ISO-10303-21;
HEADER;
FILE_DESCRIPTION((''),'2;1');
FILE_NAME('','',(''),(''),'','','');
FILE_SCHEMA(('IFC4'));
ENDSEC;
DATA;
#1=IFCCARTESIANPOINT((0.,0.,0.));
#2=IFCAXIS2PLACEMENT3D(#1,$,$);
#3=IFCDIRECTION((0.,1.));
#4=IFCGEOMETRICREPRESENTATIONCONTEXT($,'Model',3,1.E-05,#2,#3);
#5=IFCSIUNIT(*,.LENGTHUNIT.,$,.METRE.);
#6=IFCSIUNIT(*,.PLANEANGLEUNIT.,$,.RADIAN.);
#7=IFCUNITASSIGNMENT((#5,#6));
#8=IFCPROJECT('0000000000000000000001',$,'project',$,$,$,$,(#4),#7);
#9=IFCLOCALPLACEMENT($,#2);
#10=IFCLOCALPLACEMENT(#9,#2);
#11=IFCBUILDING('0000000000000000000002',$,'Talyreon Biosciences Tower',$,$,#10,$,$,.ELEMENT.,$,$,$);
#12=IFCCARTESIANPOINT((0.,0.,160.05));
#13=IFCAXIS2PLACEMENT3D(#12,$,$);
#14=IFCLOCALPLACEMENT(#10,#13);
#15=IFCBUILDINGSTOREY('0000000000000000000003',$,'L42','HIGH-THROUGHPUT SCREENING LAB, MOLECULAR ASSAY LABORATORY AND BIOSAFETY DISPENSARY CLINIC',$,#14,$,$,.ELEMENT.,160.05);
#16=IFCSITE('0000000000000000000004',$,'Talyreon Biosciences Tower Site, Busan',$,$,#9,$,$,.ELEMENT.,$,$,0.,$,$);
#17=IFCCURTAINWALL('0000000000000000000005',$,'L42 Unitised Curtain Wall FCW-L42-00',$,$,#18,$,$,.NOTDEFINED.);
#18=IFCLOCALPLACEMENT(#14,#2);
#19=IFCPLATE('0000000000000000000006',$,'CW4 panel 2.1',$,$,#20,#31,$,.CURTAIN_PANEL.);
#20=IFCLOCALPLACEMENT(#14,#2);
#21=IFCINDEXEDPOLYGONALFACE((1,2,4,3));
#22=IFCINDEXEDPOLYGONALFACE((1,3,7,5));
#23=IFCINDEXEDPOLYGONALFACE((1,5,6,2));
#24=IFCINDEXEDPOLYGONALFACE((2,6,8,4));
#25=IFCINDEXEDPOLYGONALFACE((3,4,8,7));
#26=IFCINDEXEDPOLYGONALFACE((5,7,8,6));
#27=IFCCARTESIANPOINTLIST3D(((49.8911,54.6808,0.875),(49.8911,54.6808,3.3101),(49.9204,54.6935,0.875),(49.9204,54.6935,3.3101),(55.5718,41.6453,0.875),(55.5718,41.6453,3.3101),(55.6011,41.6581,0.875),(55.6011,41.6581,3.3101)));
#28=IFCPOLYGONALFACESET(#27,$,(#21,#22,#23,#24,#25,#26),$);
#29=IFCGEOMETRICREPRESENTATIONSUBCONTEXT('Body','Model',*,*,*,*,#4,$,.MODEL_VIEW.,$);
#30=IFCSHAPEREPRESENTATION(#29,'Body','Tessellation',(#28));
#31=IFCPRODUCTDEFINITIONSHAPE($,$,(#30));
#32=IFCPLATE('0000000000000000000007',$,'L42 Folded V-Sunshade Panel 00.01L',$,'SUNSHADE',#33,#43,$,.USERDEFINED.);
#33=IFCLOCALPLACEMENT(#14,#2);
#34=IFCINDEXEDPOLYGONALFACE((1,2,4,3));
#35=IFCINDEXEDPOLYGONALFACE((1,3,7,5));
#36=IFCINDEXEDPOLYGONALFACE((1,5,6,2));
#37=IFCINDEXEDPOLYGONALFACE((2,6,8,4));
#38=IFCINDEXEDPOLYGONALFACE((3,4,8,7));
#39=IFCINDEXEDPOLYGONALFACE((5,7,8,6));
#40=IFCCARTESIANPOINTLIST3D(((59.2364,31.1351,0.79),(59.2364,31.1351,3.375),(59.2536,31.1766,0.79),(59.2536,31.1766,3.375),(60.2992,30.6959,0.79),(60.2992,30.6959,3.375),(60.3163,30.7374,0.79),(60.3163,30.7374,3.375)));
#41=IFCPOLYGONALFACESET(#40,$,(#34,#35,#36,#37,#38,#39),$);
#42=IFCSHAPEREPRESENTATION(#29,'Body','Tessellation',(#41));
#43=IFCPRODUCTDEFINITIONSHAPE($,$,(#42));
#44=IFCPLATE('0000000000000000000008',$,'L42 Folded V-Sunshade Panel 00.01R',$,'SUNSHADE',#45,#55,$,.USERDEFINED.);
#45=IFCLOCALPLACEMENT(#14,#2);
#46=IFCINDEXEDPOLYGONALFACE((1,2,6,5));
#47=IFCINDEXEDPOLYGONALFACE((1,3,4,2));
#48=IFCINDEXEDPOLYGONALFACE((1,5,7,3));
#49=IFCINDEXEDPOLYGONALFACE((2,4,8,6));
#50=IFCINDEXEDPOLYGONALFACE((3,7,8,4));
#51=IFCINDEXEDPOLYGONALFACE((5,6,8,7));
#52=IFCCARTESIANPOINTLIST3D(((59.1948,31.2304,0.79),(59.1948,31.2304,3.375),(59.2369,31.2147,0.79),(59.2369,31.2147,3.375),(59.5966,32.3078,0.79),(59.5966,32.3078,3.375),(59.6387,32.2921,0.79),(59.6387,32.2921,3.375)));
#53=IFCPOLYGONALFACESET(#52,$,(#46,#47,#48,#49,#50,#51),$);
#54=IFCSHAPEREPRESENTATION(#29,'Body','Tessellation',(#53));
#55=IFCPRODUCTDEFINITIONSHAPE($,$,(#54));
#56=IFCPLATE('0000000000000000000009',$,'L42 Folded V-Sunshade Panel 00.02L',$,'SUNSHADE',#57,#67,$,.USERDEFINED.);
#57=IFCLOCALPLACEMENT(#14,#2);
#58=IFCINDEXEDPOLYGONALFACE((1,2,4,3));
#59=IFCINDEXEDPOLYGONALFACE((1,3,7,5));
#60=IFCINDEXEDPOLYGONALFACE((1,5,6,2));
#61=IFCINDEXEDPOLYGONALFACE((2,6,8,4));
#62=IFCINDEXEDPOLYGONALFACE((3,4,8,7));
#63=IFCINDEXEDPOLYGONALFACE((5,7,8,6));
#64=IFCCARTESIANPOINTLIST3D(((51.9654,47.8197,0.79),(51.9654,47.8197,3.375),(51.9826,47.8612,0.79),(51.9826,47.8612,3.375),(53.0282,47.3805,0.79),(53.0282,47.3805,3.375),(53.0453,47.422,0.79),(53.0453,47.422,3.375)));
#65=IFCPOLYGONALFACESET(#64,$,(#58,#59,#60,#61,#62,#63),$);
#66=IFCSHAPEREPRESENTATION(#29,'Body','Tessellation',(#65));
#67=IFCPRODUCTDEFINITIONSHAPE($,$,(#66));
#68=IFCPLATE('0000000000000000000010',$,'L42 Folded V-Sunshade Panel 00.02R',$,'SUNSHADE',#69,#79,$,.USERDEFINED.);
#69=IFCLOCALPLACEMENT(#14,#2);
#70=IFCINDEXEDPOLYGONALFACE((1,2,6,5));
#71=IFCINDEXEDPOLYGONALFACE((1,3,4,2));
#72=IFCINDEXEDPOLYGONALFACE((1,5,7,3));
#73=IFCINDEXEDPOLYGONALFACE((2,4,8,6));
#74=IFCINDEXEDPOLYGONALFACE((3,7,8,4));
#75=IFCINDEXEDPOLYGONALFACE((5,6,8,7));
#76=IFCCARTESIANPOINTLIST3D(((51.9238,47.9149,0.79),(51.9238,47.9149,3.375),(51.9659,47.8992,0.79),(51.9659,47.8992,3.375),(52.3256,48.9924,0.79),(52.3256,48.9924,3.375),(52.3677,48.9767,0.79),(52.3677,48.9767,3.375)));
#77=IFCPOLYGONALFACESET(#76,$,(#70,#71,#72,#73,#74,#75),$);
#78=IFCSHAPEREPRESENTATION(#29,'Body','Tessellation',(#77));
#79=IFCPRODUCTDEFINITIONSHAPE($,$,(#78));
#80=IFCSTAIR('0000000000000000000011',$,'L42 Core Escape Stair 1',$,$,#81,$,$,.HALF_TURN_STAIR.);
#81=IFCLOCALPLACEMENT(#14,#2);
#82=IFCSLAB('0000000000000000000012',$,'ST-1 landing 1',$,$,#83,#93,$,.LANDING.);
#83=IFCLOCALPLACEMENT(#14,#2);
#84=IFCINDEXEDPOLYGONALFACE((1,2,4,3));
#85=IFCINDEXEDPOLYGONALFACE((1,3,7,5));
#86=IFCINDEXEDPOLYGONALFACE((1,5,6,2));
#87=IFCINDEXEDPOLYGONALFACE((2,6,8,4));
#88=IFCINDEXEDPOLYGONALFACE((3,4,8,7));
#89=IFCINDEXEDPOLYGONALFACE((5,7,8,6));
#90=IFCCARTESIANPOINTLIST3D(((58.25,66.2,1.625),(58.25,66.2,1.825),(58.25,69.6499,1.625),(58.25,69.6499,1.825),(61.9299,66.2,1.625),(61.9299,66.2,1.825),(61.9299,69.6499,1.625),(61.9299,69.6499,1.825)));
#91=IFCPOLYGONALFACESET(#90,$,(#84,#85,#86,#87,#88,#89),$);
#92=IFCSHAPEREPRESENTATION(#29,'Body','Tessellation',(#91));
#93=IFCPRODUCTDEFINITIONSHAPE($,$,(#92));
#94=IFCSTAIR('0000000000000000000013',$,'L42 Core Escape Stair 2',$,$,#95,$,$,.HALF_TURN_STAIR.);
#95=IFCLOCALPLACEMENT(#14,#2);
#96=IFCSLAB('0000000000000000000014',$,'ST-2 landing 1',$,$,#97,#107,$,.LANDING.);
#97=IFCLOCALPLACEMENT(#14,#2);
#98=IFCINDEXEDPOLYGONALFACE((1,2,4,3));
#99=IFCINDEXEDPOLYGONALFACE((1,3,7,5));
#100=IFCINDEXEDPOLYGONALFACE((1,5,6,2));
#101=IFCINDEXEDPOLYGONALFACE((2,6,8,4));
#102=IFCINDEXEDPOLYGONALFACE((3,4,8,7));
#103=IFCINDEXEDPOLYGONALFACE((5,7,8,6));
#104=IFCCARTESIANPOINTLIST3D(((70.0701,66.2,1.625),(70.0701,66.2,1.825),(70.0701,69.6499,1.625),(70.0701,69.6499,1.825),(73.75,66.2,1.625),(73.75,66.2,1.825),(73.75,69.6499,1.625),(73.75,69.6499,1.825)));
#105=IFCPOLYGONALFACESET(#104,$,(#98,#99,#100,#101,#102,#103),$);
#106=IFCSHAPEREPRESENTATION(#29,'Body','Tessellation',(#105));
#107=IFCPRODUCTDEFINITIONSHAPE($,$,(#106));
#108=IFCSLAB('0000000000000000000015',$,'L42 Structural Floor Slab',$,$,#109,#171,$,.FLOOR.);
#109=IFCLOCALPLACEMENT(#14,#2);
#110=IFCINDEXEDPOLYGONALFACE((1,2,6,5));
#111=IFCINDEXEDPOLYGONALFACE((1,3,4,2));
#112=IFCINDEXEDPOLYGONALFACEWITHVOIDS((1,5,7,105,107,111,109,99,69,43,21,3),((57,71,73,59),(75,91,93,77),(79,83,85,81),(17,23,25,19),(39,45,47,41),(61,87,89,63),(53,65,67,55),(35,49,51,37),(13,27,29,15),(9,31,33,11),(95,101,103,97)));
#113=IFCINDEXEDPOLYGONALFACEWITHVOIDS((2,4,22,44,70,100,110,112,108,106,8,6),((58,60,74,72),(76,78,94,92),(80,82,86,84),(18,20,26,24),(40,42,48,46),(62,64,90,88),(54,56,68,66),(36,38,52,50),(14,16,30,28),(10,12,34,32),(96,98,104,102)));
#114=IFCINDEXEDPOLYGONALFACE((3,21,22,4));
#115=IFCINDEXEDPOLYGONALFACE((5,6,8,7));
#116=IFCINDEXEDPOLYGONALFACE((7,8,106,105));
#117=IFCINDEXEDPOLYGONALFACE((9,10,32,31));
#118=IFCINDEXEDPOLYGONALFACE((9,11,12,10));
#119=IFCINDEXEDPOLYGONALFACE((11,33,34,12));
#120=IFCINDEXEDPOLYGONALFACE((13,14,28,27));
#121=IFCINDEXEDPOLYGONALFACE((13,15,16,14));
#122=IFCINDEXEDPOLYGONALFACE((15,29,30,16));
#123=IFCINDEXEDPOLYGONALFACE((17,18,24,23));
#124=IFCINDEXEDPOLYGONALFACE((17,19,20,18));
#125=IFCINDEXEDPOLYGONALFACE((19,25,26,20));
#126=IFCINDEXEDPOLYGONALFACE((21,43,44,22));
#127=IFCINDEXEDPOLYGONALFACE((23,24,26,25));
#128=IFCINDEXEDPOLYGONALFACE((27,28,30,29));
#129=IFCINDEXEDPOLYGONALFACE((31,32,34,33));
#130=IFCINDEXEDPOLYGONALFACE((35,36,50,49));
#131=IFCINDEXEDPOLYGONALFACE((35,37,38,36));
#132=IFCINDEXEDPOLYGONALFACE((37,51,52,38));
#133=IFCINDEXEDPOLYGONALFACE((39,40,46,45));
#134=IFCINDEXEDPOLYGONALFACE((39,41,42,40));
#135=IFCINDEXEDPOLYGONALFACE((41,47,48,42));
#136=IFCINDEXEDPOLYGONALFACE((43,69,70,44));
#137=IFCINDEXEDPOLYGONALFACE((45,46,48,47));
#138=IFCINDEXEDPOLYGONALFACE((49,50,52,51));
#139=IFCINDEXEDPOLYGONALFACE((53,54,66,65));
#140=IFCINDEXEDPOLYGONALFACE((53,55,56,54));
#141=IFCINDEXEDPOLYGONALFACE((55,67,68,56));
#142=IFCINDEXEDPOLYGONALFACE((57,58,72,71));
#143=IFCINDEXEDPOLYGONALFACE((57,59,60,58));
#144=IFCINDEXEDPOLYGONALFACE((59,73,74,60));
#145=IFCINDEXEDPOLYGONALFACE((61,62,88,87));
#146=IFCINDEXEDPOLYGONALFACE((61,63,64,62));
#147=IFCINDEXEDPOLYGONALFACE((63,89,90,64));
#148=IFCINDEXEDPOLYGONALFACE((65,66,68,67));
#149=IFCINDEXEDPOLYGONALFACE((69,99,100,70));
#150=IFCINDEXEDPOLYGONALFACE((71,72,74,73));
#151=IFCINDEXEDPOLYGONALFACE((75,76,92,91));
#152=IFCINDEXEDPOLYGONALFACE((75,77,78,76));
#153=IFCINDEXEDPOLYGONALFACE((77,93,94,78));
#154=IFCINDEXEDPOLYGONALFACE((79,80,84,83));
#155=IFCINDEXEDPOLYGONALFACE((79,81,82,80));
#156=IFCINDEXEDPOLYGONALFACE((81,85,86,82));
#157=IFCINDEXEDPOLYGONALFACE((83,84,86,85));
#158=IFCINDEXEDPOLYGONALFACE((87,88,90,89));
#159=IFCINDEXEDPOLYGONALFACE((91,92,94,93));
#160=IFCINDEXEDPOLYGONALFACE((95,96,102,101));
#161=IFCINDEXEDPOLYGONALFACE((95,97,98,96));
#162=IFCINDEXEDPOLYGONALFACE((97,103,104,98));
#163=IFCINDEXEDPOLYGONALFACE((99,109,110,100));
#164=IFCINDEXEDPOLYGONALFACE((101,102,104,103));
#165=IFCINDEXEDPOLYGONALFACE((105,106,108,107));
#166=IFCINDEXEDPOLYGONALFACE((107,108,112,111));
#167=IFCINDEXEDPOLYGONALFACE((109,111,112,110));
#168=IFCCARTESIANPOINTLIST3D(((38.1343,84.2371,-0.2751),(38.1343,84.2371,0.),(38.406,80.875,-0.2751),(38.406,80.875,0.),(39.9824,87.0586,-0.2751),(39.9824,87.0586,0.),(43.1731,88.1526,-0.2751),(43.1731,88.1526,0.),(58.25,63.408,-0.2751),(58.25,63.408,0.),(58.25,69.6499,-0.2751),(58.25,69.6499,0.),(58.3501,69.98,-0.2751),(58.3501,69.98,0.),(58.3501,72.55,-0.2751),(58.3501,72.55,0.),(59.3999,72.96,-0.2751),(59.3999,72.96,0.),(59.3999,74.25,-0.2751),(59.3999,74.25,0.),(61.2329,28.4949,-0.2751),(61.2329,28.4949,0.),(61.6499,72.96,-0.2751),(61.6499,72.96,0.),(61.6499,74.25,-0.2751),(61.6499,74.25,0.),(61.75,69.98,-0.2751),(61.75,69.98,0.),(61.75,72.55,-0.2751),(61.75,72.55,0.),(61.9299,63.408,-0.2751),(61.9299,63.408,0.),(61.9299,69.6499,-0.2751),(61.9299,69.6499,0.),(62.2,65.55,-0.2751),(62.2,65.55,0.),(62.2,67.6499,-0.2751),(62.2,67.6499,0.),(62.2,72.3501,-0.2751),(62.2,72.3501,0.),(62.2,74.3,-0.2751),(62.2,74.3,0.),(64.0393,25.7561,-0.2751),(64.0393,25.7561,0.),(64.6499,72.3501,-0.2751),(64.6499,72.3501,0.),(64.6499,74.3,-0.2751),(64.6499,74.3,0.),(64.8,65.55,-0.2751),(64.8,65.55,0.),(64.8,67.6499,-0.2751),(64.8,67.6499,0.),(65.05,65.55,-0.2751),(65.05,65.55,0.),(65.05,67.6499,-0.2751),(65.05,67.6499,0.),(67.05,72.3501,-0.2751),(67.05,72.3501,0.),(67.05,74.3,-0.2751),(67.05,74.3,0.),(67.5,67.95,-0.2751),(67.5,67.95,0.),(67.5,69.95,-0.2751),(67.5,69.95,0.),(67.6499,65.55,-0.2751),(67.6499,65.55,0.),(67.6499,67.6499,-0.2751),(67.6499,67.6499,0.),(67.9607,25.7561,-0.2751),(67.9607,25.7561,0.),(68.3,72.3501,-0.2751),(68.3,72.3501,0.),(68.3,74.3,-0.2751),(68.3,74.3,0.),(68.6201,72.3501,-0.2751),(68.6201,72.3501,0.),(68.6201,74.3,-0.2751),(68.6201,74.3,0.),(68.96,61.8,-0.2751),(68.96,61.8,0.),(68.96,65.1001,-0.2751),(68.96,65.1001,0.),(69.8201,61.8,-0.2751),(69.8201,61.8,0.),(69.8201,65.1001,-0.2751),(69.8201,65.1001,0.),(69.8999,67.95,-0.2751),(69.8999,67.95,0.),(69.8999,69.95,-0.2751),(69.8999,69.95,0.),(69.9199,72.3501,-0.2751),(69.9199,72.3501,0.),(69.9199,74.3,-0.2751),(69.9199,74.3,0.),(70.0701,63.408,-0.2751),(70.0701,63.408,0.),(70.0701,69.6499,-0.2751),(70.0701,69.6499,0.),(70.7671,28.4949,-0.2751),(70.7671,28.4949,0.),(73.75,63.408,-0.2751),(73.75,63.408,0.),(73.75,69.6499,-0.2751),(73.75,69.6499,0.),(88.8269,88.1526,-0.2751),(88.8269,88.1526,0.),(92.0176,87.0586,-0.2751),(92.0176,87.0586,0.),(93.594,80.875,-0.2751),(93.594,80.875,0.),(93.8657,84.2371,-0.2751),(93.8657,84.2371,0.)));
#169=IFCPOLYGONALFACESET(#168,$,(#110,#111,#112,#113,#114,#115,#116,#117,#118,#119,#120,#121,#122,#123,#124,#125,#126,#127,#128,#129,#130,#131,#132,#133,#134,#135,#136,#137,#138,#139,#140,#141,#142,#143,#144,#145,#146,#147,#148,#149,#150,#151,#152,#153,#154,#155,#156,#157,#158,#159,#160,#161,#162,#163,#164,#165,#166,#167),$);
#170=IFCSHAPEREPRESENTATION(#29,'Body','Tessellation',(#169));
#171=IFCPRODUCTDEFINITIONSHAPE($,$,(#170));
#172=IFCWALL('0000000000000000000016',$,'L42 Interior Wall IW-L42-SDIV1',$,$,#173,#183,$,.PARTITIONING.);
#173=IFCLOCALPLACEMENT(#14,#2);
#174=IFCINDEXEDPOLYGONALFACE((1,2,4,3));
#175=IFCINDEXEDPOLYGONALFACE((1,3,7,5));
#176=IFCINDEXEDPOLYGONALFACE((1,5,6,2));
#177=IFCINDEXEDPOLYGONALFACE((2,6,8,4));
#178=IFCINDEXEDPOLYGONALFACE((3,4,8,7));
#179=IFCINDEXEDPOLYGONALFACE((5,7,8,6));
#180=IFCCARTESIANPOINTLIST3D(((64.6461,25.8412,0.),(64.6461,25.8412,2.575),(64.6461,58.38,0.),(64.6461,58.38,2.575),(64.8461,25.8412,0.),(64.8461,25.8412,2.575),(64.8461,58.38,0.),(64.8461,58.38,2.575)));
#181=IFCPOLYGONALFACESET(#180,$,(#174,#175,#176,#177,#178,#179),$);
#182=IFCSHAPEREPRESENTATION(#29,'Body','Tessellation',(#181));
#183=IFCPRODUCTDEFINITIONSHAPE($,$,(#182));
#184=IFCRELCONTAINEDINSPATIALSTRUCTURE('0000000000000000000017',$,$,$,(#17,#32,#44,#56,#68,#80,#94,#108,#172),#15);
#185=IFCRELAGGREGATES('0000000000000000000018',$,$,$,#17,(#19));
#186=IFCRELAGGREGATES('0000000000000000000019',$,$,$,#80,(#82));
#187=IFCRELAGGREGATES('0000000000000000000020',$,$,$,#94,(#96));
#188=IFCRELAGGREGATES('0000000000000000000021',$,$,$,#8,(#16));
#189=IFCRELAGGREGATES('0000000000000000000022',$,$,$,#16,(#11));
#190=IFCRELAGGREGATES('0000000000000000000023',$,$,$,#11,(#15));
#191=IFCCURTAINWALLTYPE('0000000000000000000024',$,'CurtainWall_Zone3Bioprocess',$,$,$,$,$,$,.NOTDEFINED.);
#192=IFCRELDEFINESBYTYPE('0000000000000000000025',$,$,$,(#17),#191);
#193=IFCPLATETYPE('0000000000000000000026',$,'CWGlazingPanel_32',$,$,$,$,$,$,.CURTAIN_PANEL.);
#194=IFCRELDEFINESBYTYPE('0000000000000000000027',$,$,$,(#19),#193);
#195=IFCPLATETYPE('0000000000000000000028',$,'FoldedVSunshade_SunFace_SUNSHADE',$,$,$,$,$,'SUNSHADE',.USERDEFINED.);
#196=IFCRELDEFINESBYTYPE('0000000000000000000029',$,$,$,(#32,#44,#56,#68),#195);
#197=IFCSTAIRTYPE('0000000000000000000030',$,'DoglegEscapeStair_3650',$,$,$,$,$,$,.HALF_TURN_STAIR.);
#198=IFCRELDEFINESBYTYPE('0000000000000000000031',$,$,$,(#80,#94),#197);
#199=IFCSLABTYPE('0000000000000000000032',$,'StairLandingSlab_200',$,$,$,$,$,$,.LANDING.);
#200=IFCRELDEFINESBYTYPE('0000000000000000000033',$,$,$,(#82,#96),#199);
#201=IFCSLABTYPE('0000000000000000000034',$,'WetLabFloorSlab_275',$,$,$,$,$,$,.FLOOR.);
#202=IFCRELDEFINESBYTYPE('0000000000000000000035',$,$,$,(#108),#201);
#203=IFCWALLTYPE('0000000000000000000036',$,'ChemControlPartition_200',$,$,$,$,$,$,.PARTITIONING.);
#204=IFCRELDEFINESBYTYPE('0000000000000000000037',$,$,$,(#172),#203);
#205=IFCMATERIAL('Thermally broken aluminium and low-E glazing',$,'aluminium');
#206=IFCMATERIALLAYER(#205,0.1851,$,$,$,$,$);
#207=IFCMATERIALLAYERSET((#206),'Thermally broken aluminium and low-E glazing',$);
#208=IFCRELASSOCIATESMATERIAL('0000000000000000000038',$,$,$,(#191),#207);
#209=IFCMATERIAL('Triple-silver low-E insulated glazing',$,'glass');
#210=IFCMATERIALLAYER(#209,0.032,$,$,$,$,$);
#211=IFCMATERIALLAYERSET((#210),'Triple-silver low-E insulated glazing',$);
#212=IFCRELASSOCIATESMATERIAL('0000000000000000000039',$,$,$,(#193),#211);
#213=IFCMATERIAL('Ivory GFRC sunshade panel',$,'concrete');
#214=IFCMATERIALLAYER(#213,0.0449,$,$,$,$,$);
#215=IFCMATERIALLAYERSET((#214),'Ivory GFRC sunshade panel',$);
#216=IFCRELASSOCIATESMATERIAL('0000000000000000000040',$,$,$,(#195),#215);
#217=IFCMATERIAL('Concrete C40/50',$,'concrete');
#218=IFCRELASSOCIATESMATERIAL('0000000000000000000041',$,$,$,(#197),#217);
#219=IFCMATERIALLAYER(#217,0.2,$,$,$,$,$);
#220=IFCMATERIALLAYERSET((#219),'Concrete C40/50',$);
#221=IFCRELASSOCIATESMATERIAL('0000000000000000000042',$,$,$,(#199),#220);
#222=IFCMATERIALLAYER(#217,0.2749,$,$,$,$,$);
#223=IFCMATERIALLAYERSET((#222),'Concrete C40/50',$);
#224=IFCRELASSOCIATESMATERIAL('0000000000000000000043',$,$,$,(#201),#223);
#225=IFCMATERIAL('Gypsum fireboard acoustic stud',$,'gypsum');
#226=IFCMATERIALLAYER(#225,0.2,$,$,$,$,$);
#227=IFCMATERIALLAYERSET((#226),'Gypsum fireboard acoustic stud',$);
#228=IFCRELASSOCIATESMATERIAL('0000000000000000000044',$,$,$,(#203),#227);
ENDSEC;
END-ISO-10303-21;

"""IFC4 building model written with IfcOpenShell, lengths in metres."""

from ifc_helpers import new_model, si_unit, direction, frame, frame_2d, origin, origin_2d, place, context, subcontext, project, spatial, polyline, rectangle, outline, extrude, material, layer, layer_set, type_object, element, aggregate, save


model = new_model("IFC4")

# Units and contexts
model_context = context("Model", 3, precision=1e-05, world=origin(), true_north=direction((0.0, 1.0)))
body_context = subcontext(model_context, "Body", "Model", "MODEL_VIEW")
ifc_project = project(units=[si_unit("LENGTHUNIT", "METRE"), si_unit("PLANEANGLEUNIT", "RADIAN")], contexts=[model_context])

# Site, building, storey
site_placement = place(None, origin())
site = spatial("IfcSite", under=ifc_project, at=site_placement, Name="Talyreon Biosciences Tower Site, Busan", CompositionType="ELEMENT", RefElevation=0.0)
building_placement = place(site_placement, origin())
building = spatial("IfcBuilding", under=site, at=building_placement, Name="Talyreon Biosciences Tower", CompositionType="ELEMENT")
storey_placement = place(building_placement, frame((0.0, 0.0, 160.05)))
storey = spatial("IfcBuildingStorey", under=building, at=storey_placement, Name="L42", Description="HIGH-THROUGHPUT SCREENING LAB, MOLECULAR ASSAY LABORATORY AND BIOSAFETY DISPENSARY CLINIC", CompositionType="ELEMENT", Elevation=160.05)

# Curtain wall
ifc_material_1 = material(Name="Thermally broken aluminium and low-E glazing", Category="aluminium")
ifc_layer_1 = layer(ifc_material_1, 0.1851)
ifc_layer_set_1 = layer_set([ifc_layer_1], Name="Thermally broken aluminium and low-E glazing")
curtain_wall_type = type_object("IfcCurtainWallType", Name="CurtainWall_Zone3Bioprocess", PredefinedType="NOTDEFINED", material=ifc_layer_set_1)
curtain_wall_placement = place(storey_placement, origin())
curtain_wall = element("IfcCurtainWall", 1, at=curtain_wall_placement, inside=storey, type_object=curtain_wall_type, Name="L42 Unitised Curtain Wall FCW-L42-00", PredefinedType="NOTDEFINED")

# Plate
ifc_material_2 = material(Name="Triple-silver low-E insulated glazing", Category="glass")
ifc_layer_2 = layer(ifc_material_2, 0.032)
ifc_layer_set_2 = layer_set([ifc_layer_2], Name="Triple-silver low-E insulated glazing")
plate_type_1 = type_object("IfcPlateType", Name="CWGlazingPanel_32", PredefinedType="CURTAIN_PANEL", material=ifc_layer_set_2)
plate_1_placement = place(storey_placement, frame((52.7461, 48.1694, 0.875), z_axis=(0.0, 0.0, 1.0), x_axis=(-0.399505, 0.916731, 0.0)))
plate_1 = element("IfcPlate", 2, at=plate_1_placement, type_object=plate_type_1, Name="CW4 panel 2.1", PredefinedType="CURTAIN_PANEL", context=body_context, shape_type="SweptSolid", body=[
    extrude(rectangle(XDim=14.2195, YDim=0.032, at=origin_2d()), origin(), (0.0, 0.0, 1.0), 2.4351),
])
aggregate(curtain_wall, [plate_1])

# Plates
ifc_material_3 = material(Name="Ivory GFRC sunshade panel", Category="concrete")
ifc_layer_3 = layer(ifc_material_3, 0.0449)
ifc_layer_set_3 = layer_set([ifc_layer_3], Name="Ivory GFRC sunshade panel")
plate_type_2 = type_object("IfcPlateType", Name="FoldedVSunshade_SunFace_SUNSHADE", ElementType="SUNSHADE", PredefinedType="USERDEFINED", material=ifc_layer_set_3)
for number, where, z_axis, x_axis, name in (
    (3, (59.7764, 30.9363, 0.79), (0.0, 0.0, 1.0), (-0.924193, 0.381925, 0.0), "L42 Folded V-Sunshade Panel 00.01L"),
    (4, (59.4167, 31.7612, 0.79), (0.0, 0.0, 1.0), (0.349439, 0.936959, 0.0), "L42 Folded V-Sunshade Panel 00.01R"),
    (5, (52.5054, 47.6208, 0.79), (0.0, 0.0, 1.0), (-0.924193, 0.381925, 0.0), "L42 Folded V-Sunshade Panel 00.02L"),
    (6, (52.1458, 48.4458, 0.79), (0.0, 0.0, 1.0), (0.349439, 0.936959, 0.0), "L42 Folded V-Sunshade Panel 00.02R"),
):
    element("IfcPlate", number, at=place(storey_placement, frame(where, z_axis=z_axis, x_axis=x_axis)), inside=storey, type_object=plate_type_2, Name=name, ObjectType="SUNSHADE", PredefinedType="USERDEFINED", context=body_context, shape_type="SweptSolid", body=[
        extrude(rectangle(XDim=1.1499, YDim=0.0449, at=origin_2d()), origin(), (0.0, 0.0, 1.0), 2.585),
    ])

# Stairs, slabs
ifc_material_4 = material(Name="Concrete C40/50", Category="concrete")
stair_type = type_object("IfcStairType", Name="DoglegEscapeStair_3650", PredefinedType="HALF_TURN_STAIR", material=ifc_material_4)
stair_1_placement = place(storey_placement, origin())
stair_1 = element("IfcStair", 7, at=stair_1_placement, inside=storey, type_object=stair_type, Name="L42 Core Escape Stair 1", PredefinedType="HALF_TURN_STAIR")
ifc_layer_4 = layer(ifc_material_4, 0.2)
ifc_layer_set_4 = layer_set([ifc_layer_4], Name="Concrete C40/50")
slab_type_1 = type_object("IfcSlabType", Name="StairLandingSlab_200", PredefinedType="LANDING", material=ifc_layer_set_4)
slab_1_placement = place(storey_placement, frame((0.0, 0.0, 1.625)))
slab_1 = element("IfcSlab", 8, at=slab_1_placement, type_object=slab_type_1, Name="ST-1 landing 1", PredefinedType="LANDING", context=body_context, shape_type="SweptSolid", body=[
    extrude(outline(polyline([(61.9299, 66.2), (61.9299, 69.6499), (58.25, 69.6499), (58.25, 66.2), (61.9299, 66.2)])), origin(), (0.0, 0.0, 1.0), 0.2),
])
aggregate(stair_1, [slab_1])
stair_2_placement = place(storey_placement, origin())
stair_2 = element("IfcStair", 9, at=stair_2_placement, inside=storey, type_object=stair_type, Name="L42 Core Escape Stair 2", PredefinedType="HALF_TURN_STAIR")
slab_2_placement = place(storey_placement, frame((0.0, 0.0, 1.625)))
slab_2 = element("IfcSlab", 10, at=slab_2_placement, type_object=slab_type_1, Name="ST-2 landing 1", PredefinedType="LANDING", context=body_context, shape_type="SweptSolid", body=[
    extrude(outline(polyline([(73.75, 66.2), (73.75, 69.6499), (70.0701, 69.6499), (70.0701, 66.2), (73.75, 66.2)])), origin(), (0.0, 0.0, 1.0), 0.2),
])
aggregate(stair_2, [slab_2])

# Slab
ifc_layer_5 = layer(ifc_material_4, 0.2749)
ifc_layer_set_5 = layer_set([ifc_layer_5], Name="Concrete C40/50")
slab_type_2 = type_object("IfcSlabType", Name="WetLabFloorSlab_275", PredefinedType="FLOOR", material=ifc_layer_set_5)
slab_3_placement = place(storey_placement, frame((0.0, 0.0, -0.2751)))
element("IfcSlab", 11, at=slab_3_placement, inside=storey, type_object=slab_type_2, Name="L42 Structural Floor Slab", PredefinedType="FLOOR", context=body_context, shape_type="SweptSolid", body=[
    extrude(outline(polyline([(61.2329, 28.4949), (38.406, 80.875), (38.1343, 84.2371), (39.9824, 87.0586), (43.1731, 88.1526), (88.8269, 88.1526), (92.0176, 87.0586), (93.8657, 84.2371), (93.594, 80.875), (70.7671, 28.4949), (67.9607, 25.7561), (64.0393, 25.7561), (61.2329, 28.4949)]), holes=[polyline([(61.9299, 69.6499), (61.9299, 63.408), (58.25, 63.408), (58.25, 69.6499), (61.9299, 69.6499)]), polyline([(64.8, 67.6499), (64.8, 65.55), (62.2, 65.55), (62.2, 67.6499), (64.8, 67.6499)]), polyline([(67.6499, 67.6499), (67.6499, 65.55), (65.05, 65.55), (65.05, 67.6499), (67.6499, 67.6499)]), polyline([(61.75, 69.98), (58.3501, 69.98), (58.3501, 72.55), (61.75, 72.55), (61.75, 69.98)]), polyline([(64.6499, 72.3501), (62.2, 72.3501), (62.2, 74.3), (64.6499, 74.3), (64.6499, 72.3501)]), polyline([(61.6499, 74.25), (61.6499, 72.96), (59.3999, 72.96), (59.3999, 74.25), (61.6499, 74.25)]), polyline([(69.8201, 61.8), (68.96, 61.8), (68.96, 65.1001), (69.8201, 65.1001), (69.8201, 61.8)]), polyline([(73.75, 63.408), (70.0701, 63.408), (70.0701, 69.6499), (73.75, 69.6499), (73.75, 63.408)]), polyline([(69.8999, 69.95), (69.8999, 67.95), (67.5, 67.95), (67.5, 69.95), (69.8999, 69.95)]), polyline([(68.3, 72.3501), (67.05, 72.3501), (67.05, 74.3), (68.3, 74.3), (68.3, 72.3501)]), polyline([(69.9199, 72.3501), (68.6201, 72.3501), (68.6201, 74.3), (69.9199, 74.3), (69.9199, 72.3501)])]), origin(), (0.0, 0.0, 1.0), 0.2751),
])

# Wall
ifc_material_5 = material(Name="Gypsum fireboard acoustic stud", Category="gypsum")
ifc_layer_6 = layer(ifc_material_5, 0.2)
ifc_layer_set_6 = layer_set([ifc_layer_6], Name="Gypsum fireboard acoustic stud")
wall_type_1 = type_object("IfcWallType", Name="ChemControlPartition_200", PredefinedType="PARTITIONING", material=ifc_layer_set_6)
wall_1_placement = place(storey_placement, frame((64.7461, 25.8411, 0.0), z_axis=(0.0, 0.0, 1.0), x_axis=(0.0, 1.0, 0.0)))
element("IfcWall", 12, at=wall_1_placement, inside=storey, type_object=wall_type_1, Name="L42 Interior Wall IW-L42-SDIV1", PredefinedType="PARTITIONING", context=body_context, shape_type="SweptSolid", body=[
    extrude(rectangle(XDim=32.5388, YDim=0.2, at=frame_2d((16.2695, 0.0))), origin(), (0.0, 0.0, 1.0), 2.575),
])

save(model, "model.ifc")
